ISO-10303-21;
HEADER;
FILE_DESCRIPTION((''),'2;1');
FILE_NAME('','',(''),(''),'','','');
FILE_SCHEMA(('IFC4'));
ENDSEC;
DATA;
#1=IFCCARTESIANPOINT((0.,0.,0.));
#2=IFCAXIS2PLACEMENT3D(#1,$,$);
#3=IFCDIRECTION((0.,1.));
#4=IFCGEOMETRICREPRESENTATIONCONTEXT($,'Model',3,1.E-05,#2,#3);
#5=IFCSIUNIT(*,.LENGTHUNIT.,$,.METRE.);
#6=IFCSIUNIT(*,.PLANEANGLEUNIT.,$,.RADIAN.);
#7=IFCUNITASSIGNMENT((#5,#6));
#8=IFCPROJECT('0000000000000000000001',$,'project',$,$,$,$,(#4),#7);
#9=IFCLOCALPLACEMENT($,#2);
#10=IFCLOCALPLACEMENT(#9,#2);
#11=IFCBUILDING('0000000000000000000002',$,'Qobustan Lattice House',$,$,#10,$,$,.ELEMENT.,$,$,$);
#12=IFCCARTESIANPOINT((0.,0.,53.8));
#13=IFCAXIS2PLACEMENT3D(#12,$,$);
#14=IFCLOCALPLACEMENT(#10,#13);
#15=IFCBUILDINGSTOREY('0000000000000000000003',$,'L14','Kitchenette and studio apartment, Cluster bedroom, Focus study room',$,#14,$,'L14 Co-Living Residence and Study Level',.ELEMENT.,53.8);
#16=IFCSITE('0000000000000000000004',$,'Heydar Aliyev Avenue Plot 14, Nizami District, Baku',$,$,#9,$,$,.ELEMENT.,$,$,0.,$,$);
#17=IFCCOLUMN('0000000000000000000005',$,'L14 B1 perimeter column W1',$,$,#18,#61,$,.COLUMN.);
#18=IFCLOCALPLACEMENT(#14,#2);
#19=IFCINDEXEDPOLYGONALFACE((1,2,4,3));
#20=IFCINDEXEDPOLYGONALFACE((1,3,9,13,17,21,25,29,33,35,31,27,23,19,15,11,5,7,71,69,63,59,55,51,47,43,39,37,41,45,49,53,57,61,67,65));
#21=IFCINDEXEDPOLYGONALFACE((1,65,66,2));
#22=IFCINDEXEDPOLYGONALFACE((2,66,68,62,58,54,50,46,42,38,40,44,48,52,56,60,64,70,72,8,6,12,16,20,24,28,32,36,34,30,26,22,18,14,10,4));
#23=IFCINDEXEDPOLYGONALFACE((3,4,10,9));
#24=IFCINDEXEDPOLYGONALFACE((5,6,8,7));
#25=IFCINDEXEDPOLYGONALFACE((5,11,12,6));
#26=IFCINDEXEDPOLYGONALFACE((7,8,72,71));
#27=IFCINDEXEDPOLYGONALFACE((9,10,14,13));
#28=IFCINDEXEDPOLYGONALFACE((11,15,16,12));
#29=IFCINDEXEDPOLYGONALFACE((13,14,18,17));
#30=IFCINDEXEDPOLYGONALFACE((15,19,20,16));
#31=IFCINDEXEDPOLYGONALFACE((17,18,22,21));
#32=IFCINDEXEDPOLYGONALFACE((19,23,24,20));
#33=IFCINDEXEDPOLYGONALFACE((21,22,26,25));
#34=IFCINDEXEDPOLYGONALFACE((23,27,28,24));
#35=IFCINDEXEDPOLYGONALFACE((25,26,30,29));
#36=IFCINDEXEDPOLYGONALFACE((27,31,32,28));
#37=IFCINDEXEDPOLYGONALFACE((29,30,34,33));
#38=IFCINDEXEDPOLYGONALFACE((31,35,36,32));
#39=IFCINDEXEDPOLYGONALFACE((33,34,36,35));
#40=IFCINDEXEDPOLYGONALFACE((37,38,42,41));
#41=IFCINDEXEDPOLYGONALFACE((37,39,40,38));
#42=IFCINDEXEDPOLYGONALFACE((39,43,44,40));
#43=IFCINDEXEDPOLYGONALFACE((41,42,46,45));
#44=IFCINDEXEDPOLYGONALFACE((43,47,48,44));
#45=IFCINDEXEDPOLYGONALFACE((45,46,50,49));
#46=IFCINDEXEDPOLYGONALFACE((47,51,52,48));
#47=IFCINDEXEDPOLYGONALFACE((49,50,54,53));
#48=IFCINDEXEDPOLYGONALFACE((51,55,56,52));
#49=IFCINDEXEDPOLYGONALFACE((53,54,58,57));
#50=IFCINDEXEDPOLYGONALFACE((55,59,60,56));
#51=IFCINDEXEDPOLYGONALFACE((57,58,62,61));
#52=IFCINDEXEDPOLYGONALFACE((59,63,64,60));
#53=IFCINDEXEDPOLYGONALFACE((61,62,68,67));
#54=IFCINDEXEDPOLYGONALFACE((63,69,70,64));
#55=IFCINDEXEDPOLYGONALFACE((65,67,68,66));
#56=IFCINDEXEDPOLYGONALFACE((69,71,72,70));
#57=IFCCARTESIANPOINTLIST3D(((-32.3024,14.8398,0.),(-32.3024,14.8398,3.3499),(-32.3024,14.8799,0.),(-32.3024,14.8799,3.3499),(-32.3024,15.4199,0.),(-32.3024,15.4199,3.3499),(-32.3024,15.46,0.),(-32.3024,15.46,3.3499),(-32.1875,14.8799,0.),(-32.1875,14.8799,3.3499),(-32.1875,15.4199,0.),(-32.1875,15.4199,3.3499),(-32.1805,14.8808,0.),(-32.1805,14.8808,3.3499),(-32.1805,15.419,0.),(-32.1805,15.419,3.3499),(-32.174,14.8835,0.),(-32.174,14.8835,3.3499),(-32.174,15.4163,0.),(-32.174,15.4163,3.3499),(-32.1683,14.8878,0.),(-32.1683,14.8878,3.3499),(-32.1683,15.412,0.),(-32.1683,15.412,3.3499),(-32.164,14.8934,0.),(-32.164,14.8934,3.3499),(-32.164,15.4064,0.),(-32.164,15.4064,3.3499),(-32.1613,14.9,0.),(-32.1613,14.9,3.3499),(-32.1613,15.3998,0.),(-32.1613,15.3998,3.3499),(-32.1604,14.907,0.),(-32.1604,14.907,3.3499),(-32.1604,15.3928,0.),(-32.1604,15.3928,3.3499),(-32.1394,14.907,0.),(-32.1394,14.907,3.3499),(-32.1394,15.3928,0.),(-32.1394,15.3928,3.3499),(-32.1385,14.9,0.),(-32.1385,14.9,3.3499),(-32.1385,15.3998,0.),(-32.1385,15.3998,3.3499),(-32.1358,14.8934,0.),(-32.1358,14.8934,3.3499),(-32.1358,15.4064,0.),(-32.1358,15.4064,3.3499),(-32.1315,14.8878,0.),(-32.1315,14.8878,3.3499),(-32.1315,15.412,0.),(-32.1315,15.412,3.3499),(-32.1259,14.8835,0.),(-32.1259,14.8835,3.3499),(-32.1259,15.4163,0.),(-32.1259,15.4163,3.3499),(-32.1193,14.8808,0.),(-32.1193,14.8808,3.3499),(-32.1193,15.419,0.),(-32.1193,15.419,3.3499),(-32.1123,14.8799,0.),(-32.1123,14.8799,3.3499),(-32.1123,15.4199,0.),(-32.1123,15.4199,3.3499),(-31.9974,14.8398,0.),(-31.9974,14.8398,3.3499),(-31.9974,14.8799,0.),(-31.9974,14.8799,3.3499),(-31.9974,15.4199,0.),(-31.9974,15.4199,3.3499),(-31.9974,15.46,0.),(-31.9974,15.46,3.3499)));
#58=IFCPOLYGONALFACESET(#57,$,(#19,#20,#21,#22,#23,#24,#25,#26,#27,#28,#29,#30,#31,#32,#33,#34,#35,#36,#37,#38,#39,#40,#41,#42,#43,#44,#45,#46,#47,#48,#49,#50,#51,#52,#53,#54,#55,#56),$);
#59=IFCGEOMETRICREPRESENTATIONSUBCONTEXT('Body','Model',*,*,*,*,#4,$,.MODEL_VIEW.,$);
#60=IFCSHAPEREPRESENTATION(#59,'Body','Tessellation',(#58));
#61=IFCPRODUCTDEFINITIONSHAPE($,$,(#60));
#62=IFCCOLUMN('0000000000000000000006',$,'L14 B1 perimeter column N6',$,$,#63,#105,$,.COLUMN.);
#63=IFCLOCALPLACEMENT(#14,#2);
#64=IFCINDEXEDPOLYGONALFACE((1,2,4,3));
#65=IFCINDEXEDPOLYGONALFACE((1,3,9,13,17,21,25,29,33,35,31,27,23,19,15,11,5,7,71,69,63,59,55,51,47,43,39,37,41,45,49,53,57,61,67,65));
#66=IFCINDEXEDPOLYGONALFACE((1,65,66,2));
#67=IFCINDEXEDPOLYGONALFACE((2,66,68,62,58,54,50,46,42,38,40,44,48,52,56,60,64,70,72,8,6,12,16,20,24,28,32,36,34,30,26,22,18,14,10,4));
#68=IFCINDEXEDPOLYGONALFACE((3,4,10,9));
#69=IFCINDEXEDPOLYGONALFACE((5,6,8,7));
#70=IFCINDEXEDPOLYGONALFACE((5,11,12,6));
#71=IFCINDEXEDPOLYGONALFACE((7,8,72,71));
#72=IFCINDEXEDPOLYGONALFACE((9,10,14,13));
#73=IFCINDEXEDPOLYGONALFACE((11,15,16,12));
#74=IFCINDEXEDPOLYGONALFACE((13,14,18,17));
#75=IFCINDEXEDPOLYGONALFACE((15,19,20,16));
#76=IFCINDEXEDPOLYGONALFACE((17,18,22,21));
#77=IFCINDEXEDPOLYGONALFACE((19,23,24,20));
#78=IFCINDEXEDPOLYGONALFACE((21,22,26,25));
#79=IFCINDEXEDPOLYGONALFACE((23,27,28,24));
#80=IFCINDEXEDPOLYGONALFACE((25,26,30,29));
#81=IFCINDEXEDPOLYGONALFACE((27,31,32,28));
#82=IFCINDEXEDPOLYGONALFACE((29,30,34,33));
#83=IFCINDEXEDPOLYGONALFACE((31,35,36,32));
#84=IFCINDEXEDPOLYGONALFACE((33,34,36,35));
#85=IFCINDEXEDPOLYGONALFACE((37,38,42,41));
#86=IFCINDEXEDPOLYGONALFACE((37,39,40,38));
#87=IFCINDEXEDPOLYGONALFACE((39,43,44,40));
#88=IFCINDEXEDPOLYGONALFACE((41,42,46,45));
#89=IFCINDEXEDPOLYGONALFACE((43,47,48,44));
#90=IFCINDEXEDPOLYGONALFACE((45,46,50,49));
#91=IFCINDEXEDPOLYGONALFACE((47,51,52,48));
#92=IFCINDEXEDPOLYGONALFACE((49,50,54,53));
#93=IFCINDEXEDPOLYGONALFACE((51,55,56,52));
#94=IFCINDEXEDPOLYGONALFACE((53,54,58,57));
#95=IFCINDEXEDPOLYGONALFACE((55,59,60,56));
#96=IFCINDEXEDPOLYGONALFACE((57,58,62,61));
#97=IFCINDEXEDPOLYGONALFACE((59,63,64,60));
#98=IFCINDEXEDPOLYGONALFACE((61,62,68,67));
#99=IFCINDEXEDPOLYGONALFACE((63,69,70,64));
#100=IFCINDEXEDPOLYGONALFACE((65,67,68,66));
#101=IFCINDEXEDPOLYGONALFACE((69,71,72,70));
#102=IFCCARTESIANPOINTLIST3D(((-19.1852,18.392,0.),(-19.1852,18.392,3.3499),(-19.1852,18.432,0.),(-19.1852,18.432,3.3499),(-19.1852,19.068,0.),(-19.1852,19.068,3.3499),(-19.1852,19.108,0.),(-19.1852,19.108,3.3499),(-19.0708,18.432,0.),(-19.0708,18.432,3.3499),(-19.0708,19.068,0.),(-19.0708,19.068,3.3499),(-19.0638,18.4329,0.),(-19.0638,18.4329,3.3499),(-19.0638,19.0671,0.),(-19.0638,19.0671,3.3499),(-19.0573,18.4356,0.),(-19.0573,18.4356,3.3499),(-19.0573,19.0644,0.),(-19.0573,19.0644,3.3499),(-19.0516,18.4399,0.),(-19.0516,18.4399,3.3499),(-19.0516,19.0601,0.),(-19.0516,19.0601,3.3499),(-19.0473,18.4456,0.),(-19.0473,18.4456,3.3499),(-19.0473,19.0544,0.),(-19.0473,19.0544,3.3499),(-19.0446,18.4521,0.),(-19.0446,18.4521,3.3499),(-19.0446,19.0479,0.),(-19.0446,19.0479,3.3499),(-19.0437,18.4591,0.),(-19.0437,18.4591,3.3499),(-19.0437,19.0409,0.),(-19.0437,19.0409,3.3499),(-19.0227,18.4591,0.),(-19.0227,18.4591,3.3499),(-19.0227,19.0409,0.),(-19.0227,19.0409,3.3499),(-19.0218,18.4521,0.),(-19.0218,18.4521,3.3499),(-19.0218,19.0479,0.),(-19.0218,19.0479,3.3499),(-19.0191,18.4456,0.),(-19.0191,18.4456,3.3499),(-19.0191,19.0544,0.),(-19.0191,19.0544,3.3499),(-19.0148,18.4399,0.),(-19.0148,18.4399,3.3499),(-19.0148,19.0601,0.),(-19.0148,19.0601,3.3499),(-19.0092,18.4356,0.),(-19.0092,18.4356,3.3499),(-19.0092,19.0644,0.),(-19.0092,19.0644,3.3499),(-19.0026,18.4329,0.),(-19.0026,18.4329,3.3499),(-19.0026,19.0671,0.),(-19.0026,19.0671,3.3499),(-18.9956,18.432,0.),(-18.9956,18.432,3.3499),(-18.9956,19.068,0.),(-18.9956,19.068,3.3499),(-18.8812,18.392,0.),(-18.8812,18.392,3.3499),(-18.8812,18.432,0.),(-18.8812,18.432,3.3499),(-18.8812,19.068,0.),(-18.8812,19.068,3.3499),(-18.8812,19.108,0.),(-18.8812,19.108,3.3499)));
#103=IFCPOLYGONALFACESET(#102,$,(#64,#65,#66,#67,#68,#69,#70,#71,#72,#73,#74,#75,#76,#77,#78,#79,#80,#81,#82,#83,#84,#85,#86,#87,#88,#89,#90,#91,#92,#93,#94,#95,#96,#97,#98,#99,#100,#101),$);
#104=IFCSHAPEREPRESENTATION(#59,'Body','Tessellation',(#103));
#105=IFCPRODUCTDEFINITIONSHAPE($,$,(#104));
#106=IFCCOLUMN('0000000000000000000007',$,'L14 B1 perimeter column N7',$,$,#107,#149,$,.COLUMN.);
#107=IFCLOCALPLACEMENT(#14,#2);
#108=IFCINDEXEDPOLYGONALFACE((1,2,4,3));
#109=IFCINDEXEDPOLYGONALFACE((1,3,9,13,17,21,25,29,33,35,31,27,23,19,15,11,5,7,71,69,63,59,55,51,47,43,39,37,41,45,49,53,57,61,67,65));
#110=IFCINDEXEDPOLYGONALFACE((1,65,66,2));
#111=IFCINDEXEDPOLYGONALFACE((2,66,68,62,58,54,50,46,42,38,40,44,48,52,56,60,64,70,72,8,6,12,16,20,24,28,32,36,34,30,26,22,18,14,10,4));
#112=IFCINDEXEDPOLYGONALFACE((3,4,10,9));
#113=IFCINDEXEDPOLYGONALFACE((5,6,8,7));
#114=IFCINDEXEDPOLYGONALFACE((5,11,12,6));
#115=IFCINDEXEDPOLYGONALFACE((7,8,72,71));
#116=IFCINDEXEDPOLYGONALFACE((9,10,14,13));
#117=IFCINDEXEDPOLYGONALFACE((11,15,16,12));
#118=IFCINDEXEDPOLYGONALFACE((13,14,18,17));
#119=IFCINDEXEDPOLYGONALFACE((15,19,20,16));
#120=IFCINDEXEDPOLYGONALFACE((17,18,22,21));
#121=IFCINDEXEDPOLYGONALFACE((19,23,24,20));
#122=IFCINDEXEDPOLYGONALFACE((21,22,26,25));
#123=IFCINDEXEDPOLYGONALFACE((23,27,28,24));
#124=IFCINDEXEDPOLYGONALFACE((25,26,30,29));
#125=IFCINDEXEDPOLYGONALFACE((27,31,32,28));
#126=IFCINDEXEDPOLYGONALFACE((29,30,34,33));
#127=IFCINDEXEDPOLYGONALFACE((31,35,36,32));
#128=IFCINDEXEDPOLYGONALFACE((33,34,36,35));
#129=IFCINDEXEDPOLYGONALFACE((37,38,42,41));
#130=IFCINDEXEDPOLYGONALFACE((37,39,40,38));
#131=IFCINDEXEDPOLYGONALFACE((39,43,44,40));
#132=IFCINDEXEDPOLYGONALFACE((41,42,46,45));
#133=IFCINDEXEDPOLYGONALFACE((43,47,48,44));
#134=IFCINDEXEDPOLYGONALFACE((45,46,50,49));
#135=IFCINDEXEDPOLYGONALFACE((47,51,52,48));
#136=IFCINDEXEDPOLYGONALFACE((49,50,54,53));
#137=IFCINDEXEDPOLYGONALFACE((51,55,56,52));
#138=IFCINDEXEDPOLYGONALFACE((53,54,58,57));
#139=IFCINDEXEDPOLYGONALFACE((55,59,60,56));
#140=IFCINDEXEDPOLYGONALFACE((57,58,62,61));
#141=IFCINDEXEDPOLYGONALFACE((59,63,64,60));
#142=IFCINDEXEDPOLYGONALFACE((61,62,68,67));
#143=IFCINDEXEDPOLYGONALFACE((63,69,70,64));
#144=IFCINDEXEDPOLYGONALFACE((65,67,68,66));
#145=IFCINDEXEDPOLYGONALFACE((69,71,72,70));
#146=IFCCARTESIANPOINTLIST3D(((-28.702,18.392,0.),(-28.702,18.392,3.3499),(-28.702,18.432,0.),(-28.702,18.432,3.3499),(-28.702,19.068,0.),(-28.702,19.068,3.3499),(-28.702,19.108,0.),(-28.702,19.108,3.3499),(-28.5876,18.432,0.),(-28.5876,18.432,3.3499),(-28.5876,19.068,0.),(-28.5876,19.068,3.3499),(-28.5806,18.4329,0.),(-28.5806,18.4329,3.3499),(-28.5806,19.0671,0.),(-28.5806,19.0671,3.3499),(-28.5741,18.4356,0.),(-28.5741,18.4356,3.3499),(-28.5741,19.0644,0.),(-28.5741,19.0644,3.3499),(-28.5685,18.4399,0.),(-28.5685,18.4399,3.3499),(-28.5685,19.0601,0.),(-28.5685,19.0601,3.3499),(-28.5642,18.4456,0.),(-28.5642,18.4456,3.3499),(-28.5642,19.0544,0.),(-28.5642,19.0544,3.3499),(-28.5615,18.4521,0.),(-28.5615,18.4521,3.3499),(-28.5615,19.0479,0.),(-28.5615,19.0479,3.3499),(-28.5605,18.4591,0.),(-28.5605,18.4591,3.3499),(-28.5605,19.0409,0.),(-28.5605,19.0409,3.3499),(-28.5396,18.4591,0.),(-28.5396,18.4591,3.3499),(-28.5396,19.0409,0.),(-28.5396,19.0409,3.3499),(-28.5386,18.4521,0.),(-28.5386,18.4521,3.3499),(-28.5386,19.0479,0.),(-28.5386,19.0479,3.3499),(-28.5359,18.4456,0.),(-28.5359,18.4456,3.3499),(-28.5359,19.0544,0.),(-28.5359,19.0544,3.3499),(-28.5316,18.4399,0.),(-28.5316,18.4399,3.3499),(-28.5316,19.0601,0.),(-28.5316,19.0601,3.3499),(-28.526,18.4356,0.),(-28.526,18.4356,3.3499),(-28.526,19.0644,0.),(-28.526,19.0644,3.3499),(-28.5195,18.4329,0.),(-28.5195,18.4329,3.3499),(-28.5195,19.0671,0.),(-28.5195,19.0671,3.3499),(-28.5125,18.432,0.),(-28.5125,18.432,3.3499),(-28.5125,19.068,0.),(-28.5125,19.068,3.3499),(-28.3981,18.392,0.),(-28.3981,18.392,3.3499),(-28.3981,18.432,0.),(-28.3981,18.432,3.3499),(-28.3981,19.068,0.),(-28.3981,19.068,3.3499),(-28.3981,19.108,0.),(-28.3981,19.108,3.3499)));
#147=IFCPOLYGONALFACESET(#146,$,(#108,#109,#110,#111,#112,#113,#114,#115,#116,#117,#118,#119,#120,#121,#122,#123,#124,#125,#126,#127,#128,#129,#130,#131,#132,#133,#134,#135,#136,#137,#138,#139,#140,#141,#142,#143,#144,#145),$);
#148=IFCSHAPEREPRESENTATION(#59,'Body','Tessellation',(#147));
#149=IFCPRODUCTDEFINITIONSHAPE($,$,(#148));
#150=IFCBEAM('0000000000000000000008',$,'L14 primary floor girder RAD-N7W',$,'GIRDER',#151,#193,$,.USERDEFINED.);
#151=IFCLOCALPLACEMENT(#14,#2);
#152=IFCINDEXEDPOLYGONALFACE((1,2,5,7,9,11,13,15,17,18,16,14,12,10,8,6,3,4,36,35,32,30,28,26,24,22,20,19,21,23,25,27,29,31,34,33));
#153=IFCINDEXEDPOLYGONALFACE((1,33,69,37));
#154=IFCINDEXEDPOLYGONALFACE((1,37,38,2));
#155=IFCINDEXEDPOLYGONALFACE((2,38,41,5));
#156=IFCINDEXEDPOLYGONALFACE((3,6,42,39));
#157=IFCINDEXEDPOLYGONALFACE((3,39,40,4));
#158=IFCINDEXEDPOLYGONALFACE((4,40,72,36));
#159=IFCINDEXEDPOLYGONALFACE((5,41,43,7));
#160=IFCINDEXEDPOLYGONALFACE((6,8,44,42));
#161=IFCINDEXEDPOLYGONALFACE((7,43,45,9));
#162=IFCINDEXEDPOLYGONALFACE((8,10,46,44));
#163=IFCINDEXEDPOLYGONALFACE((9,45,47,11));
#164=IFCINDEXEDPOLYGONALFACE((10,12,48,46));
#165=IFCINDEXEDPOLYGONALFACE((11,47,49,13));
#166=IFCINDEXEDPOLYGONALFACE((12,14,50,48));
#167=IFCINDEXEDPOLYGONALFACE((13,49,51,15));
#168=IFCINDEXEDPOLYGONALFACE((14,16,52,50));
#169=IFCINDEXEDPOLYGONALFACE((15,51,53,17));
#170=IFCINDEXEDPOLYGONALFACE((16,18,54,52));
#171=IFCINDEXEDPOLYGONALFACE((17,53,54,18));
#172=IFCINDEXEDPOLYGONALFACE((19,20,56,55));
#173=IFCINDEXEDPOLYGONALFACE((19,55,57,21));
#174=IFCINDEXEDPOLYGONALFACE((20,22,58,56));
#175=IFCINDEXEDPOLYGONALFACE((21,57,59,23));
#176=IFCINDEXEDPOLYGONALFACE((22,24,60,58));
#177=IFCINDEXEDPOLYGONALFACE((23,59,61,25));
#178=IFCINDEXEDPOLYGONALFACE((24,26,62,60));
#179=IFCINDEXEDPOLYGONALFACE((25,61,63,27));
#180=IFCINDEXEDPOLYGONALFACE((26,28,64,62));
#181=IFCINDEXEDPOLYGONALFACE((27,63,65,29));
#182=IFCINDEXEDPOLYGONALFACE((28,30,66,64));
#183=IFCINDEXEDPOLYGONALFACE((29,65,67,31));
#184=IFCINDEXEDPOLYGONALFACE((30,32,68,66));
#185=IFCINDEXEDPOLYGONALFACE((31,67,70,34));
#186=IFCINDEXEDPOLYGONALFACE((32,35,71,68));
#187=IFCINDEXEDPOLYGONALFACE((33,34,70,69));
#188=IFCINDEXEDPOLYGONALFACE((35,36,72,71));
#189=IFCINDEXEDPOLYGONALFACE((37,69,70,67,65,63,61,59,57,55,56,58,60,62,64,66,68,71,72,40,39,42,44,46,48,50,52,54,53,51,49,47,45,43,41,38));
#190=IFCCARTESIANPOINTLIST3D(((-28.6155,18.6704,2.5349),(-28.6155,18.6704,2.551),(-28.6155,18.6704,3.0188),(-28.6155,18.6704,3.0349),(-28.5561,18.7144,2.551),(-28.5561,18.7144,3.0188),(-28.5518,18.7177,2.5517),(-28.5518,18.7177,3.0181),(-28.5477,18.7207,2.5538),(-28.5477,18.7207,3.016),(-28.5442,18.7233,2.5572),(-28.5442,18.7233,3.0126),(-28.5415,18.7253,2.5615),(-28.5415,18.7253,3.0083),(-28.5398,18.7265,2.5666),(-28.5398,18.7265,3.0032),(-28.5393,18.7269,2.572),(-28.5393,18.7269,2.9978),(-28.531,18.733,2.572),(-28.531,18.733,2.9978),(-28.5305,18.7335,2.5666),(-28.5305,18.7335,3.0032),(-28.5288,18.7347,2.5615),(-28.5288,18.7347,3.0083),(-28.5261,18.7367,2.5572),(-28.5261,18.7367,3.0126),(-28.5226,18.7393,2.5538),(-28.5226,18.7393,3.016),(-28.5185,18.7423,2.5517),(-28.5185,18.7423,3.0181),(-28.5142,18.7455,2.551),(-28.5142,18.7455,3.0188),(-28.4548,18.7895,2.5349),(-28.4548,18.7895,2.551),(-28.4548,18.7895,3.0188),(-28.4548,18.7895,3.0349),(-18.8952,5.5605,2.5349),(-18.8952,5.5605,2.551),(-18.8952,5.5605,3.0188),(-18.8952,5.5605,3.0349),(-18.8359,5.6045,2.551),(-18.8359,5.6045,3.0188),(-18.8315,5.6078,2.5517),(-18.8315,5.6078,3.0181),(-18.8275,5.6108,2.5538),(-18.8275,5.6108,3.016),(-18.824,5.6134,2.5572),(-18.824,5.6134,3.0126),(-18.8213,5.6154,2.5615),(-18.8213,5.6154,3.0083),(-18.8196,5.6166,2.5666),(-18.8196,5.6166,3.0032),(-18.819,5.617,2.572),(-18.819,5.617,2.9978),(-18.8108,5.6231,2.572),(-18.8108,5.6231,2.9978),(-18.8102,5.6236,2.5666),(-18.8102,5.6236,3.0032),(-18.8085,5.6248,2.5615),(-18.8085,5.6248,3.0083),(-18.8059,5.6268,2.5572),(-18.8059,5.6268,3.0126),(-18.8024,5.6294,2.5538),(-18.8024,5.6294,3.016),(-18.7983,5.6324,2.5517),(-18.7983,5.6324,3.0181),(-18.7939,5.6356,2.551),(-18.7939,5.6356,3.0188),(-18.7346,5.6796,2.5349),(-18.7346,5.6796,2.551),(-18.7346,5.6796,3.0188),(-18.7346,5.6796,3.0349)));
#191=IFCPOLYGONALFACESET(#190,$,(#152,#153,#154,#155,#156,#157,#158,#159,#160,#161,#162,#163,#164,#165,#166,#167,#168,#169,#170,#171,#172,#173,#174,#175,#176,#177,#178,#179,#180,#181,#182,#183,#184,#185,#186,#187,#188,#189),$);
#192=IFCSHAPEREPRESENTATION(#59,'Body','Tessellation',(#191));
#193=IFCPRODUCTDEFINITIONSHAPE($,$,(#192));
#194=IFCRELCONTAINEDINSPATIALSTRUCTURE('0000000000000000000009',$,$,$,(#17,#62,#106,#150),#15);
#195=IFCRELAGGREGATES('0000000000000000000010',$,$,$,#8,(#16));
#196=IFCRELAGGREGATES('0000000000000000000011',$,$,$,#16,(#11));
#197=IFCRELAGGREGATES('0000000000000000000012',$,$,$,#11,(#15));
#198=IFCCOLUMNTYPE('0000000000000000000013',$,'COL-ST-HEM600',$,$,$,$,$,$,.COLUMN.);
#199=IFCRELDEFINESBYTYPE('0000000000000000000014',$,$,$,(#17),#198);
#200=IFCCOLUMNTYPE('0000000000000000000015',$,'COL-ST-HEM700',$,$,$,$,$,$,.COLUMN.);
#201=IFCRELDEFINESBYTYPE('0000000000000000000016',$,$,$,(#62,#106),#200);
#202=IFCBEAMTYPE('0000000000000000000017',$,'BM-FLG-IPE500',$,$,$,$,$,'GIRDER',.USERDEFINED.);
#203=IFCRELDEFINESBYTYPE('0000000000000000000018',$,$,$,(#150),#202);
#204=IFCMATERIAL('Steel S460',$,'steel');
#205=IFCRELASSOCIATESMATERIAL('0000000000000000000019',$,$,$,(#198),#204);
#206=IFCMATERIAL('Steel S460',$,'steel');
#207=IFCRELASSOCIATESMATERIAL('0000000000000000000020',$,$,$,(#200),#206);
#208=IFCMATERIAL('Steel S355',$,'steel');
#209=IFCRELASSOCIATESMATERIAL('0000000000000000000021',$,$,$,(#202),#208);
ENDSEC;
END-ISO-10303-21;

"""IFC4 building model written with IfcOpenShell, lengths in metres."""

from ifc_helpers import new_model, si_unit, direction, frame, origin, origin_2d, place, context, subcontext, project, spatial, i_section, extrude, material, material_profile, profile_set, type_object, element, save


model = new_model("IFC4")

# Units and contexts
model_context = context("Model", 3, precision=1e-05, world=origin(), true_north=direction((0.0, 1.0)))
body_context = subcontext(model_context, "Body", "Model", "MODEL_VIEW")
ifc_project = project(units=[si_unit("LENGTHUNIT", "METRE"), si_unit("PLANEANGLEUNIT", "RADIAN")], contexts=[model_context])

# Site, building, storey
site_placement = place(None, origin())
site = spatial("IfcSite", under=ifc_project, at=site_placement, Name="Heydar Aliyev Avenue Plot 14, Nizami District, Baku", CompositionType="ELEMENT", RefElevation=0.0)
building_placement = place(site_placement, origin())
building = spatial("IfcBuilding", under=site, at=building_placement, Name="Qobustan Lattice House", CompositionType="ELEMENT")
storey_placement = place(building_placement, frame((0.0, 0.0, 53.8)))
storey = spatial("IfcBuildingStorey", under=building, at=storey_placement, Name="L14", Description="Kitchenette and studio apartment, Cluster bedroom, Focus study room", LongName="L14 Co-Living Residence and Study Level", CompositionType="ELEMENT", Elevation=53.8)

# Columns
ifc_material_1 = material(Name="Steel S460", Category="steel")
ifc_material_profile_1 = material_profile(ifc_material_1, i_section(OverallWidth=0.3049, OverallDepth=0.6201, WebThickness=0.021, FlangeThickness=0.04, FilletRadius=0.0271, at=origin_2d()), Name="HEM600")
ifc_profile_set_1 = profile_set([ifc_material_profile_1], Name="Steel S460")
column_type_1 = type_object("IfcColumnType", Name="COL-ST-HEM600", PredefinedType="COLUMN", material=ifc_profile_set_1)
column_placement = place(storey_placement, frame((-32.1499, 15.1499, 0.0), z_axis=(0.0, 0.0, 1.0), x_axis=(1.0, 0.0, 0.0)))
element("IfcColumn", 1, at=column_placement, inside=storey, type_object=column_type_1, Name="L14 B1 perimeter column W1", PredefinedType="COLUMN", context=body_context, shape_type="SweptSolid", body=[
    extrude(i_section(OverallWidth=0.3049, OverallDepth=0.6201, WebThickness=0.021, FlangeThickness=0.04, FilletRadius=0.0271, at=origin_2d()), origin(), (0.0, 0.0, 1.0), 3.3499),
])
ifc_material_2 = material(Name="Steel S460", Category="steel")
ifc_material_profile_2 = material_profile(ifc_material_2, i_section(OverallWidth=0.304, OverallDepth=0.7161, WebThickness=0.021, FlangeThickness=0.04, FilletRadius=0.0271, at=origin_2d()), Name="HEM700")
ifc_profile_set_2 = profile_set([ifc_material_profile_2], Name="Steel S460")
column_type_2 = type_object("IfcColumnType", Name="COL-ST-HEM700", PredefinedType="COLUMN", material=ifc_profile_set_2)
for number, where, z_axis, x_axis, name in (
    (2, (-19.0332, 18.75, 0.0), (0.0, 0.0, 1.0), (1.0, 0.0, 0.0), "L14 B1 perimeter column N6"),
    (3, (-28.55, 18.75, 0.0), (0.0, 0.0, 1.0), (1.0, 0.0, 0.0), "L14 B1 perimeter column N7"),
):
    element("IfcColumn", number, at=place(storey_placement, frame(where, z_axis=z_axis, x_axis=x_axis)), inside=storey, type_object=column_type_2, Name=name, PredefinedType="COLUMN", context=body_context, shape_type="SweptSolid", body=[
        extrude(i_section(OverallWidth=0.304, OverallDepth=0.7161, WebThickness=0.021, FlangeThickness=0.04, FilletRadius=0.0271, at=origin_2d()), origin(), (0.0, 0.0, 1.0), 3.3499),
    ])

# Beam
ifc_material_3 = material(Name="Steel S355", Category="steel")
ifc_material_profile_3 = material_profile(ifc_material_3, i_section(OverallWidth=0.2, OverallDepth=0.5, WebThickness=0.0103, FlangeThickness=0.0161, FilletRadius=0.021, at=origin_2d()), Name="IPE500")
ifc_profile_set_3 = profile_set([ifc_material_profile_3], Name="Steel S355")
beam_type_1 = type_object("IfcBeamType", Name="BM-FLG-IPE500", ElementType="GIRDER", PredefinedType="USERDEFINED", material=ifc_profile_set_3)
beam_1_placement = place(storey_placement, frame((-28.5352, 18.73, 2.7849), z_axis=(0.595592, -0.803287, 0.0), x_axis=(0.803287, 0.595592, 0.0)))
element("IfcBeam", 4, at=beam_1_placement, inside=storey, type_object=beam_type_1, Name="L14 primary floor girder RAD-N7W", ObjectType="GIRDER", PredefinedType="USERDEFINED", context=body_context, shape_type="SweptSolid", body=[
    extrude(i_section(OverallWidth=0.2, OverallDepth=0.5, WebThickness=0.0103, FlangeThickness=0.0161, FilletRadius=0.021, at=origin_2d()), origin(), (0.0, 0.0, 1.0), 16.3203),
])

save(model, "model.ifc")
